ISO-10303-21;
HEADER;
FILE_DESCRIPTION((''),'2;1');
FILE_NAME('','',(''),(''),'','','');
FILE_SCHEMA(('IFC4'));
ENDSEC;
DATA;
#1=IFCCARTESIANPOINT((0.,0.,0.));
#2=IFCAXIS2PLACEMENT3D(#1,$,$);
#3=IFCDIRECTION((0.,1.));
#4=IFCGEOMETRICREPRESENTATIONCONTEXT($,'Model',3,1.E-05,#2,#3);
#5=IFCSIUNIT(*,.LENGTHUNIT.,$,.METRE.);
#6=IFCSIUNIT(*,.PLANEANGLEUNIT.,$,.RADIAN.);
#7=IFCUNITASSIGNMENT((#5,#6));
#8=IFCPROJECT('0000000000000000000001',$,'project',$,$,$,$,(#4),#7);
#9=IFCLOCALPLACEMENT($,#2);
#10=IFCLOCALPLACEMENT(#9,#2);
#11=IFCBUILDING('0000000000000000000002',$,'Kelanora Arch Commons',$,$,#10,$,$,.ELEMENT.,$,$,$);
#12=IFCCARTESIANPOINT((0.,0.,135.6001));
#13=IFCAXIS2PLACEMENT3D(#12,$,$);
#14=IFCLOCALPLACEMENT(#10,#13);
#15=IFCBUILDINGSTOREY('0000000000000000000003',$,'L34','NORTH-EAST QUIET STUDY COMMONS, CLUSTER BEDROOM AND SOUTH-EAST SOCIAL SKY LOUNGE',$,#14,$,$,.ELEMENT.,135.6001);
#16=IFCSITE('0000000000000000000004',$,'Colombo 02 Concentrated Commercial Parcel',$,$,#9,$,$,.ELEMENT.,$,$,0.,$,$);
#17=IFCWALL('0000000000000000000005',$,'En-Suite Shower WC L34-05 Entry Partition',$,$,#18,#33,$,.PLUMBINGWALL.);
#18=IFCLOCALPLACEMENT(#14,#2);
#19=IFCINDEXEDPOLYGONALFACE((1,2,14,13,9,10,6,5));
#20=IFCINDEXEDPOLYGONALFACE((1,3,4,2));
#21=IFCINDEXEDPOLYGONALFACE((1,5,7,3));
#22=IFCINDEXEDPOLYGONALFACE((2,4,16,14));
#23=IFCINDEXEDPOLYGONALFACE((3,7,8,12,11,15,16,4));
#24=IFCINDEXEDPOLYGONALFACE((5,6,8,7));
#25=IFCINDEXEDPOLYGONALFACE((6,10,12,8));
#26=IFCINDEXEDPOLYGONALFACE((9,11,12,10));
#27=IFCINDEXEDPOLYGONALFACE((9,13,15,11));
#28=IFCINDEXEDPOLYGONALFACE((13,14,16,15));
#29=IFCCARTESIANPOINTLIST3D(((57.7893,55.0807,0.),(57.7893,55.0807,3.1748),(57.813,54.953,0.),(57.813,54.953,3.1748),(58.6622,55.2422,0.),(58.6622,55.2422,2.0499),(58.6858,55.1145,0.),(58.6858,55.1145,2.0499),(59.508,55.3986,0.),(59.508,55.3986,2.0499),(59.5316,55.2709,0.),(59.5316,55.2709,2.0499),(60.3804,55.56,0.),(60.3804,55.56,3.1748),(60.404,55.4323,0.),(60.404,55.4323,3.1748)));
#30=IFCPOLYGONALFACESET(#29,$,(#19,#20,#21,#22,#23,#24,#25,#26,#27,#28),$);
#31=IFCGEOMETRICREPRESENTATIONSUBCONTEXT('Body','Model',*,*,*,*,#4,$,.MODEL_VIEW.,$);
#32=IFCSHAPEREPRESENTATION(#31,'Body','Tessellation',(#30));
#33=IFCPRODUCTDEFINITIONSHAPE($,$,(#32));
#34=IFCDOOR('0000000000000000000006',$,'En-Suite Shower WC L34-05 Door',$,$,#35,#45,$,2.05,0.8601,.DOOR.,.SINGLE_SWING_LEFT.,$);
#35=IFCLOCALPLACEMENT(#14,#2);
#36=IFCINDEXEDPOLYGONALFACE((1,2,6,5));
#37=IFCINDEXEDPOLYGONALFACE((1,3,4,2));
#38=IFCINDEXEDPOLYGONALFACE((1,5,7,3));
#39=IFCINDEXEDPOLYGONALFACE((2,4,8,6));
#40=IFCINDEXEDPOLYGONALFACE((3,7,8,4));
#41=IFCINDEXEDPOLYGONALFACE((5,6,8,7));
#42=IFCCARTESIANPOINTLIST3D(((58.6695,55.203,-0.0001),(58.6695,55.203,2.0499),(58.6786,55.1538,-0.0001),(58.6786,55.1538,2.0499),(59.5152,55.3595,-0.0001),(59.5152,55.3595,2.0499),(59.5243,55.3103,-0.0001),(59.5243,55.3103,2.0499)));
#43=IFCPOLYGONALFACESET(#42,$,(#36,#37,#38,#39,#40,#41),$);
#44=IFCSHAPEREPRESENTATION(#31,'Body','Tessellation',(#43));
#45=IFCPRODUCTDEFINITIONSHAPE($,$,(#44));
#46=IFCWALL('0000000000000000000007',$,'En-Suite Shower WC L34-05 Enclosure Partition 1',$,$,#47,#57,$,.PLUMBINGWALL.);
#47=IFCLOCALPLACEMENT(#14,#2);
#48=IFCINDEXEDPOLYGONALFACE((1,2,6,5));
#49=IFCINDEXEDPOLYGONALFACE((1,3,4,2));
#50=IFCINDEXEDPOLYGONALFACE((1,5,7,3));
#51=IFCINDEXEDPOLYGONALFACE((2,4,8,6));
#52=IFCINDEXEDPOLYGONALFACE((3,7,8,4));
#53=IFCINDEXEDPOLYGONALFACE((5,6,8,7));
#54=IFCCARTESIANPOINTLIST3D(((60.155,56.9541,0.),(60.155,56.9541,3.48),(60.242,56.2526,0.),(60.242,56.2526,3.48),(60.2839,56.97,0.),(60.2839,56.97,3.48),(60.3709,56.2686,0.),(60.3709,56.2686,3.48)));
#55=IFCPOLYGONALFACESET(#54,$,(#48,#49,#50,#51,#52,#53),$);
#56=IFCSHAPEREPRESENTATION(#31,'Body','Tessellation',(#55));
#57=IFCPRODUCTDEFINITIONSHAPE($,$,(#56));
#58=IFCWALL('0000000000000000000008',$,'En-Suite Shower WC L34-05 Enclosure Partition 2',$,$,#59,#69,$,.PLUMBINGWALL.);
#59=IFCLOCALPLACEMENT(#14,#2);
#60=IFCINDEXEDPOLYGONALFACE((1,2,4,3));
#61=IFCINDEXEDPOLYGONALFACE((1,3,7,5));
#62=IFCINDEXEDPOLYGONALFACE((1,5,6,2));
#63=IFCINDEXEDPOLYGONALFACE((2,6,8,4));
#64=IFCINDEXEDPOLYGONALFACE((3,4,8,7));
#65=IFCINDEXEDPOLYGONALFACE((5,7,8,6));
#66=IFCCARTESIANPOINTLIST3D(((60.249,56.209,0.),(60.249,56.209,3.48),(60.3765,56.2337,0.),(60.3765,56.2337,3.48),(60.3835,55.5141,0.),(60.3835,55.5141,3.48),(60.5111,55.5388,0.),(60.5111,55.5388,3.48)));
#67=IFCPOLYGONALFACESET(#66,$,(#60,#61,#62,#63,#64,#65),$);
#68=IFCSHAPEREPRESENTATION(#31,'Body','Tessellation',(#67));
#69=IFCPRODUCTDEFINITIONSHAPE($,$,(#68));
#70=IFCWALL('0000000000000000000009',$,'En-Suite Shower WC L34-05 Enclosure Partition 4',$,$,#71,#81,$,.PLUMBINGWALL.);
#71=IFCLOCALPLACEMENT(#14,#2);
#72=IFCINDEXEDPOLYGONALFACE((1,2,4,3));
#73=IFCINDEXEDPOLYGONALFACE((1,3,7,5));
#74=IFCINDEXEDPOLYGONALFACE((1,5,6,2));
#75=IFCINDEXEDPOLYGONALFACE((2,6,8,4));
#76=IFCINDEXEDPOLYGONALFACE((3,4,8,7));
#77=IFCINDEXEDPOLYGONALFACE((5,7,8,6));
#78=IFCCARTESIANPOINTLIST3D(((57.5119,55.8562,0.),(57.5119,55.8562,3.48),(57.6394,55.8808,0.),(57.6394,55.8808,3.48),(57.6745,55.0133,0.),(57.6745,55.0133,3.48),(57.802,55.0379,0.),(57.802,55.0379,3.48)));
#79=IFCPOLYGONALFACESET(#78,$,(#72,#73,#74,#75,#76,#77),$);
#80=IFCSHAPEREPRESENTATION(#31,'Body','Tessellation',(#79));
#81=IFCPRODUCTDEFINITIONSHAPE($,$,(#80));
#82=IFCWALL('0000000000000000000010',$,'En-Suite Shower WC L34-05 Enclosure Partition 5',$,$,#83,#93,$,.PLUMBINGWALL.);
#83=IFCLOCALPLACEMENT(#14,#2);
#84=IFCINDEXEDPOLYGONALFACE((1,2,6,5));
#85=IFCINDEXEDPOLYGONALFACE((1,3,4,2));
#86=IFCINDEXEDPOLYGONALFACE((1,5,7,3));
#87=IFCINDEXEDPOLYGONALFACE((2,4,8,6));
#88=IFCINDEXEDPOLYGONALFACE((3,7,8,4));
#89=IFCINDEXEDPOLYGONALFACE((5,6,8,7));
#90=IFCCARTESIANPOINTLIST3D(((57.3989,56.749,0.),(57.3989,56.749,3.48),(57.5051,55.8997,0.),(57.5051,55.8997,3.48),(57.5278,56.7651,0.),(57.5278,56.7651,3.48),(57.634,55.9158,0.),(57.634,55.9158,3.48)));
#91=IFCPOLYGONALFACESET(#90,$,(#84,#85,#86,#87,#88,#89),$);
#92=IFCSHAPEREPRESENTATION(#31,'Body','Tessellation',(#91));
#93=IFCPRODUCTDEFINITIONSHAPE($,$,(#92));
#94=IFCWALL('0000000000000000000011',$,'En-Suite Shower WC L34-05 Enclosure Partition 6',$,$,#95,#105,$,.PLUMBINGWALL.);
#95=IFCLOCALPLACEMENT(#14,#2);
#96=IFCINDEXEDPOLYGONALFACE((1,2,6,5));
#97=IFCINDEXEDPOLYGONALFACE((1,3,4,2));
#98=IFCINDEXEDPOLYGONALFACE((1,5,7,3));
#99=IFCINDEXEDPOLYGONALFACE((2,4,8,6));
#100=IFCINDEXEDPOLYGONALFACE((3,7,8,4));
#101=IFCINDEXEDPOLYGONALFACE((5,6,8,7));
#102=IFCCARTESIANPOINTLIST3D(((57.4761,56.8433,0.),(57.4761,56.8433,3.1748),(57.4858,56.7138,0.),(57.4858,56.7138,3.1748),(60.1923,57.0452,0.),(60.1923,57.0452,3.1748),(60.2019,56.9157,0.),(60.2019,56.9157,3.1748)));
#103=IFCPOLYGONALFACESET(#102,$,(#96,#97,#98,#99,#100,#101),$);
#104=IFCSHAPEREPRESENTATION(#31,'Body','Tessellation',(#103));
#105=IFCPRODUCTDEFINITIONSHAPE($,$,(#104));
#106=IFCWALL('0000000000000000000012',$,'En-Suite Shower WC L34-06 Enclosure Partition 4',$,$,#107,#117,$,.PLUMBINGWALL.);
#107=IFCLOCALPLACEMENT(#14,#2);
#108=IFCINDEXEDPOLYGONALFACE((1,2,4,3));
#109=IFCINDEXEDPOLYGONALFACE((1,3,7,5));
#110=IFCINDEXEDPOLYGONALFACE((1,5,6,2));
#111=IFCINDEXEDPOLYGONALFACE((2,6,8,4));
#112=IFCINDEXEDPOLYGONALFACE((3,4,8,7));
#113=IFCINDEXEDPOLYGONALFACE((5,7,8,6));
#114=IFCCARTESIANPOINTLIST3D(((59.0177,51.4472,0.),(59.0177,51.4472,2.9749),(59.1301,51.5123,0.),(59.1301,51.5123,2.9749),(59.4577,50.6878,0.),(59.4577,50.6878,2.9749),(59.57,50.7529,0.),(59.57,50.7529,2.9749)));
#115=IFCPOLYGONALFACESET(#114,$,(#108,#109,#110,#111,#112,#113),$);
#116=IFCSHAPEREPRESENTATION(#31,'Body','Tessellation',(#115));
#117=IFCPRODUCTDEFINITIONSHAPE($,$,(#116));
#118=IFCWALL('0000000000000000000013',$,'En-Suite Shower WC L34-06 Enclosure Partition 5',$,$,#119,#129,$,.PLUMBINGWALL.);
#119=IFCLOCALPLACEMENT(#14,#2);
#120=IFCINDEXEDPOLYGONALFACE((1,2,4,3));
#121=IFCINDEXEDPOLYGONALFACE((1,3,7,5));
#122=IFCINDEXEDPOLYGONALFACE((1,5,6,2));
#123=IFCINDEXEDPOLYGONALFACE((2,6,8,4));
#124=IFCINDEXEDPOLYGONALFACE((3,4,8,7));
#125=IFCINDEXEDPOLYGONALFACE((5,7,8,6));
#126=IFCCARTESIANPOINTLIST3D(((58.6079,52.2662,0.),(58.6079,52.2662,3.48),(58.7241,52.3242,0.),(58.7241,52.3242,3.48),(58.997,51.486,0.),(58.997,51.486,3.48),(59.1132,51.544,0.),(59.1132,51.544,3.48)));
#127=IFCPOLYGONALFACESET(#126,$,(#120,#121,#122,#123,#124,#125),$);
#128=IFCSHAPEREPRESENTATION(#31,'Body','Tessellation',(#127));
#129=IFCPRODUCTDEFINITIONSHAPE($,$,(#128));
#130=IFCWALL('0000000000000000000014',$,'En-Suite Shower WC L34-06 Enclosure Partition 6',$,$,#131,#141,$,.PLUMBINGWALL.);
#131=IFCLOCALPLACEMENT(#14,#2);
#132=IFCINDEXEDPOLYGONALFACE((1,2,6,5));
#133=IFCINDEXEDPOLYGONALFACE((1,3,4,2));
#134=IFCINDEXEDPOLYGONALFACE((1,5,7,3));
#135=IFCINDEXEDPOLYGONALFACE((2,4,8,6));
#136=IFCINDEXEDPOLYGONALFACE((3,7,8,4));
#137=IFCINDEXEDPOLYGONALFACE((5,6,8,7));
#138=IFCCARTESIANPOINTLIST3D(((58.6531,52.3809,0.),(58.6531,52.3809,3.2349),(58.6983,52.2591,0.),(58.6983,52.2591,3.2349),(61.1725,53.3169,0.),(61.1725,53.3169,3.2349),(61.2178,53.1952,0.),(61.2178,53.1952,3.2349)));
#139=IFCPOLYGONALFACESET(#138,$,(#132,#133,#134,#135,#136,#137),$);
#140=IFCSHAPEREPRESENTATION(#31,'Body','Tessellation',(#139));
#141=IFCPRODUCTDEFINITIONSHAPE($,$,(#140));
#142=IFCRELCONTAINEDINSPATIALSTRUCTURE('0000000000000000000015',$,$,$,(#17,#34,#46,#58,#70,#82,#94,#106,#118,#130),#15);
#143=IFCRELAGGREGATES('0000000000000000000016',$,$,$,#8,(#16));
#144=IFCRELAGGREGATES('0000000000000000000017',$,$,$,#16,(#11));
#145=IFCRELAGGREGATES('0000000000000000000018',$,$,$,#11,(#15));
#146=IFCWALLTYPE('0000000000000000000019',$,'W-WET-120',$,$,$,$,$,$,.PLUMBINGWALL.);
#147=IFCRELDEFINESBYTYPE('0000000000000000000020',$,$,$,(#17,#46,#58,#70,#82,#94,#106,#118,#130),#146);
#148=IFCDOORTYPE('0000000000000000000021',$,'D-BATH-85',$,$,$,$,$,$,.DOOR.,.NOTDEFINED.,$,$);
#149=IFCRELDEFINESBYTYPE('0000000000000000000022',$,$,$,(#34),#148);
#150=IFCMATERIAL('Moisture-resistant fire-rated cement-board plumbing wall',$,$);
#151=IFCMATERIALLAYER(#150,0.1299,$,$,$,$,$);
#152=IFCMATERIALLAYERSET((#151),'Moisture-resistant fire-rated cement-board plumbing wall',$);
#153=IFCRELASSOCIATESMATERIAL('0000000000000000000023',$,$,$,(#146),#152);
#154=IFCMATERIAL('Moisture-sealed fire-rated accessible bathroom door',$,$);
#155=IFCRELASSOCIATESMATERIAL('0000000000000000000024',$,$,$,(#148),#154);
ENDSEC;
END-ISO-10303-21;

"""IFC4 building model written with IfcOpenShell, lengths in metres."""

from ifc_helpers import new_model, si_unit, direction, frame, frame_2d, origin, place, context, subcontext, project, spatial, rectangle, extrude, material, layer, layer_set, type_object, element, fill, save


model = new_model("IFC4")

# Units and contexts
model_context = context("Model", 3, precision=1e-05, world=origin(), true_north=direction((0.0, 1.0)))
body_context = subcontext(model_context, "Body", "Model", "MODEL_VIEW")
ifc_project = project(units=[si_unit("LENGTHUNIT", "METRE"), si_unit("PLANEANGLEUNIT", "RADIAN")], contexts=[model_context])

# Site, building, storey
site_placement = place(None, origin())
site = spatial("IfcSite", under=ifc_project, at=site_placement, Name="Colombo 02 Concentrated Commercial Parcel", CompositionType="ELEMENT", RefElevation=0.0)
building_placement = place(site_placement, origin())
building = spatial("IfcBuilding", under=site, at=building_placement, Name="Kelanora Arch Commons", CompositionType="ELEMENT")
storey_placement = place(building_placement, frame((0.0, 0.0, 135.6001)))
storey = spatial("IfcBuildingStorey", under=building, at=storey_placement, Name="L34", Description="NORTH-EAST QUIET STUDY COMMONS, CLUSTER BEDROOM AND SOUTH-EAST SOCIAL SKY LOUNGE", CompositionType="ELEMENT", Elevation=135.6001)

# Wall, opening, door
ifc_material_1 = material(Name="Moisture-resistant fire-rated cement-board plumbing wall")
ifc_layer_1 = layer(ifc_material_1, 0.1299)
ifc_layer_set_1 = layer_set([ifc_layer_1], Name="Moisture-resistant fire-rated cement-board plumbing wall")
wall_type_1 = type_object("IfcWallType", Name="W-WET-120", PredefinedType="PLUMBINGWALL", material=ifc_layer_set_1)
wall_1_placement = place(storey_placement, frame((60.3921, 55.4961, 0.0), z_axis=(0.0, 0.0, 1.0), x_axis=(-0.983321, -0.181877, 0.0)))
wall_1 = element("IfcWall", 1, at=wall_1_placement, inside=storey, type_object=wall_type_1, Name="En-Suite Shower WC L34-05 Entry Partition", PredefinedType="PLUMBINGWALL", context=body_context, shape_type="SweptSolid", body=[
    extrude(rectangle(XDim=2.635, YDim=0.1299, at=frame_2d((1.3174, 0.0))), origin(), (0.0, 0.0, 1.0), 3.1748),
])
opening_1_placement = place(wall_1_placement, frame((0.887, 0.0, 0.0)))
opening_1 = element("IfcOpeningElement", 2, at=opening_1_placement, cuts=wall_1, PredefinedType="OPENING", context=body_context, shape_type="SweptSolid", body=[
    extrude(rectangle(XDim=0.8601, YDim=2.05, at=frame_2d((0.4302, 1.0249))), frame((0.0, 0.075, 0.0), z_axis=(0.0, -1.0, 0.0), x_axis=(1.0, 0.0, 0.0)), (0.0, 0.0, 1.0), 0.1499),
])
ifc_material_2 = material(Name="Moisture-sealed fire-rated accessible bathroom door")
door_type = type_object("IfcDoorType", Name="D-BATH-85", OperationType="NOTDEFINED", PredefinedType="DOOR", material=ifc_material_2)
door_placement = place(opening_1_placement, origin())
door = element("IfcDoor", 3, at=door_placement, inside=storey, type_object=door_type, Name="En-Suite Shower WC L34-05 Door", OperationType="SINGLE_SWING_LEFT", OverallHeight=2.05, OverallWidth=0.8601, PredefinedType="DOOR", context=body_context, shape_type="SweptSolid", body=[
    extrude(rectangle(XDim=0.8601, YDim=2.05, at=frame_2d((0.4302, 1.0249))), frame((0.0, 0.0249, 0.0), z_axis=(0.0, -1.0, 0.0), x_axis=(1.0, 0.0, 0.0)), (0.0, 0.0, 1.0), 0.05),
])
fill(opening_1, door)

# Walls
wall_2_placement = place(storey_placement, frame((60.2195, 56.9622, 0.0), z_axis=(0.0, 0.0, 1.0), x_axis=(0.122972, -0.99241, 0.0)))
element("IfcWall", 4, at=wall_2_placement, inside=storey, type_object=wall_type_1, Name="En-Suite Shower WC L34-05 Enclosure Partition 1", PredefinedType="PLUMBINGWALL", context=body_context, shape_type="SweptSolid", body=[
    extrude(rectangle(XDim=0.7068, YDim=0.1299, at=frame_2d((0.3535, 0.0))), origin(), (0.0, 0.0, 1.0), 3.48),
])
wall_3_placement = place(storey_placement, frame((60.3127, 56.2214, 0.0), z_axis=(0.0, 0.0, 1.0), x_axis=(0.190076, -0.981769, 0.0)))
element("IfcWall", 5, at=wall_3_placement, inside=storey, type_object=wall_type_1, Name="En-Suite Shower WC L34-05 Enclosure Partition 2", PredefinedType="PLUMBINGWALL", context=body_context, shape_type="SweptSolid", body=[
    extrude(rectangle(XDim=0.7078, YDim=0.1299, at=frame_2d((0.354, 0.0))), origin(), (0.0, 0.0, 1.0), 3.48),
])
wall_4_placement = place(storey_placement, frame((57.7383, 55.0256, 0.0), z_axis=(0.0, 0.0, 1.0), x_axis=(-0.189438, 0.981893, 0.0)))
element("IfcWall", 6, at=wall_4_placement, inside=storey, type_object=wall_type_1, Name="En-Suite Shower WC L34-05 Enclosure Partition 4", PredefinedType="PLUMBINGWALL", context=body_context, shape_type="SweptSolid", body=[
    extrude(rectangle(XDim=0.8584, YDim=0.1299, at=frame_2d((0.4292, 0.0))), origin(), (0.0, 0.0, 1.0), 3.48),
])
wall_5_placement = place(storey_placement, frame((57.5696, 55.9077, 0.0), z_axis=(0.0, 0.0, 1.0), x_axis=(-0.12407, 0.992273, 0.0)))
element("IfcWall", 7, at=wall_5_placement, inside=storey, type_object=wall_type_1, Name="En-Suite Shower WC L34-05 Enclosure Partition 5", PredefinedType="PLUMBINGWALL", context=body_context, shape_type="SweptSolid", body=[
    extrude(rectangle(XDim=0.856, YDim=0.1299, at=frame_2d((0.428, 0.0))), origin(), (0.0, 0.0, 1.0), 3.48),
])
wall_6_placement = place(storey_placement, frame((57.481, 56.7786, 0.0), z_axis=(0.0, 0.0, 1.0), x_axis=(0.997248, 0.074133, 0.0)))
element("IfcWall", 8, at=wall_6_placement, inside=storey, type_object=wall_type_1, Name="En-Suite Shower WC L34-05 Enclosure Partition 6", PredefinedType="PLUMBINGWALL", context=body_context, shape_type="SweptSolid", body=[
    extrude(rectangle(XDim=2.7236, YDim=0.1299, at=frame_2d((1.3618, 0.0))), origin(), (0.0, 0.0, 1.0), 3.1748),
])
wall_7_placement = place(storey_placement, frame((59.5139, 50.7202, 0.0), z_axis=(0.0, 0.0, 1.0), x_axis=(-0.501223, 0.865318, 0.0)))
element("IfcWall", 9, at=wall_7_placement, inside=storey, type_object=wall_type_1, Name="En-Suite Shower WC L34-06 Enclosure Partition 4", PredefinedType="PLUMBINGWALL", context=body_context, shape_type="SweptSolid", body=[
    extrude(rectangle(XDim=0.8777, YDim=0.1299, at=frame_2d((0.439, 0.0))), origin(), (0.0, 0.0, 1.0), 2.9749),
])
wall_8_placement = place(storey_placement, frame((59.0552, 51.5149, 0.0), z_axis=(0.0, 0.0, 1.0), x_axis=(-0.446317, 0.894875, 0.0)))
element("IfcWall", 10, at=wall_8_placement, inside=storey, type_object=wall_type_1, Name="En-Suite Shower WC L34-06 Enclosure Partition 5", PredefinedType="PLUMBINGWALL", context=body_context, shape_type="SweptSolid", body=[
    extrude(rectangle(XDim=0.8718, YDim=0.1299, at=frame_2d((0.436, 0.0))), origin(), (0.0, 0.0, 1.0), 3.48),
])
wall_9_placement = place(storey_placement, frame((58.6758, 52.3201, 0.0), z_axis=(0.0, 0.0, 1.0), x_axis=(0.9374, 0.348255, 0.0)))
element("IfcWall", 11, at=wall_9_placement, inside=storey, type_object=wall_type_1, Name="En-Suite Shower WC L34-06 Enclosure Partition 6", PredefinedType="PLUMBINGWALL", context=body_context, shape_type="SweptSolid", body=[
    extrude(rectangle(XDim=2.6877, YDim=0.1299, at=frame_2d((1.3438, 0.0))), origin(), (0.0, 0.0, 1.0), 3.2349),
])

save(model, "model.ifc")
